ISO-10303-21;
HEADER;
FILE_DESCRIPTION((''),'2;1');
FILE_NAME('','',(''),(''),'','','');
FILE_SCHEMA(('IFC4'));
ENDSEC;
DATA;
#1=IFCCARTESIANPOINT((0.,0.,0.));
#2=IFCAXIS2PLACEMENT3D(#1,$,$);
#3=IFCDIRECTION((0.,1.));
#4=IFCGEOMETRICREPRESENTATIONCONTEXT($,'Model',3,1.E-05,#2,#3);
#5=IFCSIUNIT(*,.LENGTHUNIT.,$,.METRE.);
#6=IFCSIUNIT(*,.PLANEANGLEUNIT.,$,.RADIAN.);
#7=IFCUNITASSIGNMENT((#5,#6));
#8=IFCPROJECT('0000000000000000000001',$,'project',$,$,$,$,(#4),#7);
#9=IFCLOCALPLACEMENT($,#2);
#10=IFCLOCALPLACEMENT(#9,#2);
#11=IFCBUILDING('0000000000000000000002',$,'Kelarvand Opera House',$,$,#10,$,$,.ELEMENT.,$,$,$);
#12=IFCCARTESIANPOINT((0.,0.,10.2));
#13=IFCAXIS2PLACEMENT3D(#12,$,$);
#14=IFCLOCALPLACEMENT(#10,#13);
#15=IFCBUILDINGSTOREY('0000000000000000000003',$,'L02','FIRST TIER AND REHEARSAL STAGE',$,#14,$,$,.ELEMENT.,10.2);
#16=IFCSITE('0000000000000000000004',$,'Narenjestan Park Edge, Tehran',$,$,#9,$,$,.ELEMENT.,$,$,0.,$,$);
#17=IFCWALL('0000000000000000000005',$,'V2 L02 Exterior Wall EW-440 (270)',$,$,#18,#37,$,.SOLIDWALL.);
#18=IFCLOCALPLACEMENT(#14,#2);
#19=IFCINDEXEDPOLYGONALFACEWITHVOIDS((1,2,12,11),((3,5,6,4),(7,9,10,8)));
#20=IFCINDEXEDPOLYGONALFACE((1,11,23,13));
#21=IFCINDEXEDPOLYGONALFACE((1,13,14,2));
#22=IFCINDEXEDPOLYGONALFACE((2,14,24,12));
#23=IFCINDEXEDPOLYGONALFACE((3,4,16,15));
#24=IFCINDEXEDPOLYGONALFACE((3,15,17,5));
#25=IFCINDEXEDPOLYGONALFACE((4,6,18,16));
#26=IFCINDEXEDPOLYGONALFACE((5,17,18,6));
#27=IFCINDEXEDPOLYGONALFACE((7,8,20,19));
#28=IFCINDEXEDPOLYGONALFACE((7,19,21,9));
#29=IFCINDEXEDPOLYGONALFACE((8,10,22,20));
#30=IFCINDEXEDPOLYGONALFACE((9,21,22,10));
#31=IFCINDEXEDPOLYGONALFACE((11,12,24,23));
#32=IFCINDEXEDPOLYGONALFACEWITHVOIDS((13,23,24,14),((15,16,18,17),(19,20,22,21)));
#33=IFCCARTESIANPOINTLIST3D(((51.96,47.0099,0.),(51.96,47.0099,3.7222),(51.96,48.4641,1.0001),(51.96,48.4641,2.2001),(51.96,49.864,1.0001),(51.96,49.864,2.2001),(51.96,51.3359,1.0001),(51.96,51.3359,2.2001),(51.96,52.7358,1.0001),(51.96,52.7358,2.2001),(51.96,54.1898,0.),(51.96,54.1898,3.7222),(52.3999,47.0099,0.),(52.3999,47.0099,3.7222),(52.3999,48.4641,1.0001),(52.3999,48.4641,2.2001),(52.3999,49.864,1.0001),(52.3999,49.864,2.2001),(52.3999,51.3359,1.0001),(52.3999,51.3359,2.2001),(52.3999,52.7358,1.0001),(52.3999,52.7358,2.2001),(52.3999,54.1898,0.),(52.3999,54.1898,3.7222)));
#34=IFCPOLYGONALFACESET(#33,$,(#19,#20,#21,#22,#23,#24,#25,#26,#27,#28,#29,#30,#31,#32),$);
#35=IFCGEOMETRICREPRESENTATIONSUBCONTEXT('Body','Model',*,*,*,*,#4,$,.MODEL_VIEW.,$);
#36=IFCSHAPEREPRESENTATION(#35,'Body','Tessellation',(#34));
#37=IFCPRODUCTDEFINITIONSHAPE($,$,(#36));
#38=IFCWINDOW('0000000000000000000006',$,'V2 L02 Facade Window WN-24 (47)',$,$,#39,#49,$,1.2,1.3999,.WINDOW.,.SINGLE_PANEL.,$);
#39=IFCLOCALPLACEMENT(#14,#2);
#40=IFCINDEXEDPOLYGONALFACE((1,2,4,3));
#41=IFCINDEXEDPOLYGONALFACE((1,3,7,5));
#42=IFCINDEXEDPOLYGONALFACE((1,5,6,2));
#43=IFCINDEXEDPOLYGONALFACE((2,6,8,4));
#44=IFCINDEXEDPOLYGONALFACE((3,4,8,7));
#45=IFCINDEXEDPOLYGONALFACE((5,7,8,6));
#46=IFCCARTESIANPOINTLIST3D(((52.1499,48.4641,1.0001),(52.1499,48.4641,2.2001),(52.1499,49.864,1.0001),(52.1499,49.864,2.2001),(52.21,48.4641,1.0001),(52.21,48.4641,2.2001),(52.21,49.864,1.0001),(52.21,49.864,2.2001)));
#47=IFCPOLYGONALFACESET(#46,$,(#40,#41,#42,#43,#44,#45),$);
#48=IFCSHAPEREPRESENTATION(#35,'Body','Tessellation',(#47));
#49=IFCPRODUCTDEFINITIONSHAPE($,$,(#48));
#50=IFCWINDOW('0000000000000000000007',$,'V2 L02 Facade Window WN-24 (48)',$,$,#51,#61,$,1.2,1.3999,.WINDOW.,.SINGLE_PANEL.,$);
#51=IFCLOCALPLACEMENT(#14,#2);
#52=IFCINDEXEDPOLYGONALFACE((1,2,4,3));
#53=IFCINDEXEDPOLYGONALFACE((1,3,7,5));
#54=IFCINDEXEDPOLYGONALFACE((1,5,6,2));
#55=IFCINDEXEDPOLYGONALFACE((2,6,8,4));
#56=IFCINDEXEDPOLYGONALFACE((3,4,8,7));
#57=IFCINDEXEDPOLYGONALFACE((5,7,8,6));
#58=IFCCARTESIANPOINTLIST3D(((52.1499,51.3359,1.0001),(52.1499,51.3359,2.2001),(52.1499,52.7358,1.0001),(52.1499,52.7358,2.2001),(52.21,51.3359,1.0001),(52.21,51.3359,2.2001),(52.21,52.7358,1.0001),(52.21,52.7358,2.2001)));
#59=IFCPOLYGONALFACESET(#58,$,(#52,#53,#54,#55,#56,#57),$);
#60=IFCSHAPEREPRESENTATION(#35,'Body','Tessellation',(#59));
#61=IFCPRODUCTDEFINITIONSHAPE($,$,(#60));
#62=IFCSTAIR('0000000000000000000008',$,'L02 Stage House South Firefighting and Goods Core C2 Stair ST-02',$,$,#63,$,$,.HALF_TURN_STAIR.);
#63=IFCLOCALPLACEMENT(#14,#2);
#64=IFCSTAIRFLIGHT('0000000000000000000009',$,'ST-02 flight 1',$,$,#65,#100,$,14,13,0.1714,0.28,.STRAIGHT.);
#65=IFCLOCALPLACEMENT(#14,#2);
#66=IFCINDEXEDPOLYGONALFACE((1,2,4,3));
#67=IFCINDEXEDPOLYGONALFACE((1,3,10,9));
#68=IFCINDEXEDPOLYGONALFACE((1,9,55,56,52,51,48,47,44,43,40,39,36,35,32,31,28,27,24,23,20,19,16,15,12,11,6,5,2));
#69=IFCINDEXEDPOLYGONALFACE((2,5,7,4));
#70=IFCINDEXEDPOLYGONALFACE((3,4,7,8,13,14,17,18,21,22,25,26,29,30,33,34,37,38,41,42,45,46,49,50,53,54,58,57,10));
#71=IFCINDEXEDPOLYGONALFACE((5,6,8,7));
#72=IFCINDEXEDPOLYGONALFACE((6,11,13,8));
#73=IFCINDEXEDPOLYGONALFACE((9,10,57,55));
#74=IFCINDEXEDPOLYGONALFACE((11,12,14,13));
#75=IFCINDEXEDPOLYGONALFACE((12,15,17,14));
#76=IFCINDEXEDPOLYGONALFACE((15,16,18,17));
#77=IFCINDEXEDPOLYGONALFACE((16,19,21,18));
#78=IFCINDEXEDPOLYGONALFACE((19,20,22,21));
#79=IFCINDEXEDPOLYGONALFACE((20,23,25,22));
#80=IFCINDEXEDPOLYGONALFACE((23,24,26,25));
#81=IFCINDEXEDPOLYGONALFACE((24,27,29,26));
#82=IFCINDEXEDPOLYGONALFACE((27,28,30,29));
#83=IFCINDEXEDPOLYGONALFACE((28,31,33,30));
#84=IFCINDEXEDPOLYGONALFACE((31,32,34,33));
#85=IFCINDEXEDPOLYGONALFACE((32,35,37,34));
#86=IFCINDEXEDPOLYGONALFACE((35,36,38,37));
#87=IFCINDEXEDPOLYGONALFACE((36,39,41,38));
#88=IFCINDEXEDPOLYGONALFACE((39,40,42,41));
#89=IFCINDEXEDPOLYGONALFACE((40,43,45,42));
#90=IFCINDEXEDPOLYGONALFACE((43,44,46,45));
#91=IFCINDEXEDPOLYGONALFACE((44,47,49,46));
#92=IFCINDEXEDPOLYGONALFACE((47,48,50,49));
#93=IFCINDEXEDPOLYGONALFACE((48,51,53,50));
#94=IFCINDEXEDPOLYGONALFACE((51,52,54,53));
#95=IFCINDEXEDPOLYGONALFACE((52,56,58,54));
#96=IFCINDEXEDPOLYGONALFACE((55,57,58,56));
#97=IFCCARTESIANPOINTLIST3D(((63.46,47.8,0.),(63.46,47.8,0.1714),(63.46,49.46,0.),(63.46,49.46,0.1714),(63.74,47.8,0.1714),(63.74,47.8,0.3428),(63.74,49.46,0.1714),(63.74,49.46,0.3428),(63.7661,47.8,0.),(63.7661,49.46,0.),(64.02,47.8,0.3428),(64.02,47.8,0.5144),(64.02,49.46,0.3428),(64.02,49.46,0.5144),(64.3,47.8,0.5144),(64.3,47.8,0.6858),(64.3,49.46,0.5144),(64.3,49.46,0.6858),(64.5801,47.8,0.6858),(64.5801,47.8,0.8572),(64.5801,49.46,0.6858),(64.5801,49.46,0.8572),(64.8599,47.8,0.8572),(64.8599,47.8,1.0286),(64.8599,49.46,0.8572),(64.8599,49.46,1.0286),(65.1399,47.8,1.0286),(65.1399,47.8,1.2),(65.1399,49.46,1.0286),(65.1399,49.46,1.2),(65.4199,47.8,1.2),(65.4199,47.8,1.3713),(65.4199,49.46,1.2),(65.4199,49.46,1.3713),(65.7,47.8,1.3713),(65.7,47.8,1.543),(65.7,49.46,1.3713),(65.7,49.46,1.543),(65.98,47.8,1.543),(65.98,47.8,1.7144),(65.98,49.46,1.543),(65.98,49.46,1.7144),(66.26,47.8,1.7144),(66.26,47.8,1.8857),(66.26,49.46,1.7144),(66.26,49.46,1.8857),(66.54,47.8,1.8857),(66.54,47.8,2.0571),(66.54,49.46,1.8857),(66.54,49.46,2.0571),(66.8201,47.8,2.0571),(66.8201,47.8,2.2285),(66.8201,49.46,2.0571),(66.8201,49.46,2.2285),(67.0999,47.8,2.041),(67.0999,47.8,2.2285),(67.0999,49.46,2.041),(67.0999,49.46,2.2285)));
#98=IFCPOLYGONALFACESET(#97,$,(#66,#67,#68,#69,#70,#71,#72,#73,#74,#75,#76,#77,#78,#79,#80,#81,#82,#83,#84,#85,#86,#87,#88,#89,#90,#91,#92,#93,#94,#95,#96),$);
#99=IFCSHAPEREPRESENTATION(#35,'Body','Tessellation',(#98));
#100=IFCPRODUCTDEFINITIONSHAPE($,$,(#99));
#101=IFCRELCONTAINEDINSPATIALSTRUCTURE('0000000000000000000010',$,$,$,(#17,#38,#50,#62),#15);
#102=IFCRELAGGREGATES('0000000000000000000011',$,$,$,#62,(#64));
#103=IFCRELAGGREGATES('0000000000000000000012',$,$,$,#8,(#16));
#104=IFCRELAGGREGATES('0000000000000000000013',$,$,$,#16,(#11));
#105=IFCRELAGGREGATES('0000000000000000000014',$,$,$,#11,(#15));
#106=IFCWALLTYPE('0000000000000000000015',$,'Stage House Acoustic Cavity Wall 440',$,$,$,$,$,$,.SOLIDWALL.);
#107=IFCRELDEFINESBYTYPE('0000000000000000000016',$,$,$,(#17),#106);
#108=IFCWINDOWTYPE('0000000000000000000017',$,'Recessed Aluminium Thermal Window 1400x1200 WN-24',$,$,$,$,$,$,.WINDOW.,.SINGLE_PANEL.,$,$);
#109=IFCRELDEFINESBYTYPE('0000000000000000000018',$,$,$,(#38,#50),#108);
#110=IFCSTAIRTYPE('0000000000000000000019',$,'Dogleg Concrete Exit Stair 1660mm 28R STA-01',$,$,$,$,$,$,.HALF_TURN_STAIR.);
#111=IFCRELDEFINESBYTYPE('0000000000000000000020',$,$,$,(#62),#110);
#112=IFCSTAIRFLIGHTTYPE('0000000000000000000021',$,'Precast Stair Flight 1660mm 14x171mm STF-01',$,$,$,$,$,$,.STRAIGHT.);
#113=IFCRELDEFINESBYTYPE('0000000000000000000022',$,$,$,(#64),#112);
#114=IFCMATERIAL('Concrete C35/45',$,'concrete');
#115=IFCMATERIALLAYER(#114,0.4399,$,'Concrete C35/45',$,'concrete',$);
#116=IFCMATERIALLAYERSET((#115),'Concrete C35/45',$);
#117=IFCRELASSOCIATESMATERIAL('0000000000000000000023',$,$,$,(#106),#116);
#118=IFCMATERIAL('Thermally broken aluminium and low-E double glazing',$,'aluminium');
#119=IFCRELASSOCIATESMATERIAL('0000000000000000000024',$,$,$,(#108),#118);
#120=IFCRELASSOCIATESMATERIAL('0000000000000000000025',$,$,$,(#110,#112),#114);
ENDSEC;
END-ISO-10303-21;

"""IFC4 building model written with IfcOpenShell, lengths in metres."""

from ifc_helpers import new_model, si_unit, direction, frame, frame_2d, origin, place, context, subcontext, project, spatial, polyline, rectangle, outline, extrude, material, layer, layer_set, type_object, element, fill, aggregate, save


model = new_model("IFC4")

# Units and contexts
model_context = context("Model", 3, precision=1e-05, world=origin(), true_north=direction((0.0, 1.0)))
body_context = subcontext(model_context, "Body", "Model", "MODEL_VIEW")
ifc_project = project(units=[si_unit("LENGTHUNIT", "METRE"), si_unit("PLANEANGLEUNIT", "RADIAN")], contexts=[model_context])

# Site, building, storey
site_placement = place(None, origin())
site = spatial("IfcSite", under=ifc_project, at=site_placement, Name="Narenjestan Park Edge, Tehran", CompositionType="ELEMENT", RefElevation=0.0)
building_placement = place(site_placement, origin())
building = spatial("IfcBuilding", under=site, at=building_placement, Name="Kelarvand Opera House", CompositionType="ELEMENT")
storey_placement = place(building_placement, frame((0.0, 0.0, 10.2)))
storey = spatial("IfcBuildingStorey", under=building, at=storey_placement, Name="L02", Description="FIRST TIER AND REHEARSAL STAGE", CompositionType="ELEMENT", Elevation=10.2)

# Shared definitions
ifc_material_1 = material(Name="Concrete C35/45", Category="concrete")

# Wall, openings, windows
ifc_layer_1 = layer(ifc_material_1, 0.4399, Name="Concrete C35/45", Category="concrete")
ifc_layer_set_1 = layer_set([ifc_layer_1], Name="Concrete C35/45")
wall_type_1 = type_object("IfcWallType", Name="Stage House Acoustic Cavity Wall 440", PredefinedType="SOLIDWALL", material=ifc_layer_set_1)
ifc_material_2 = material(Name="Thermally broken aluminium and low-E double glazing", Category="aluminium")
window_type = type_object("IfcWindowType", Name="Recessed Aluminium Thermal Window 1400x1200 WN-24", PartitioningType="SINGLE_PANEL", PredefinedType="WINDOW", material=ifc_material_2)
wall_1_placement = place(storey_placement, frame((52.1799, 47.01, 0.0), z_axis=(0.0, 0.0, 1.0), x_axis=(0.0, 1.0, 0.0)))
wall_1 = element("IfcWall", 1, at=wall_1_placement, inside=storey, type_object=wall_type_1, Name="V2 L02 Exterior Wall EW-440 (270)", PredefinedType="SOLIDWALL", context=body_context, shape_type="SweptSolid", body=[
    extrude(rectangle(XDim=7.1799, YDim=0.4399, at=frame_2d((3.5898, 0.0))), origin(), (0.0, 0.0, 1.0), 3.7222),
])
opening_1_placement = place(wall_1_placement, frame((1.4541, 0.0, 1.0)))
opening_1 = element("IfcOpeningElement", 2, at=opening_1_placement, cuts=wall_1, PredefinedType="OPENING", context=body_context, shape_type="SweptSolid", body=[
    extrude(rectangle(XDim=1.3999, YDim=1.2, at=frame_2d((0.7, 0.6001))), frame((0.0, 0.23, 0.0), z_axis=(0.0, -1.0, 0.0), x_axis=(1.0, 0.0, 0.0)), (0.0, 0.0, 1.0), 0.46),
])
opening_2_placement = place(wall_1_placement, frame((4.3259, 0.0, 1.0)))
opening_2 = element("IfcOpeningElement", 3, at=opening_2_placement, cuts=wall_1, PredefinedType="OPENING", context=body_context, shape_type="SweptSolid", body=[
    extrude(rectangle(XDim=1.3999, YDim=1.2, at=frame_2d((0.7, 0.6001))), frame((0.0, 0.23, 0.0), z_axis=(0.0, -1.0, 0.0), x_axis=(1.0, 0.0, 0.0)), (0.0, 0.0, 1.0), 0.46),
])
window_1_placement = place(opening_1_placement, origin())
window_1 = element("IfcWindow", 4, at=window_1_placement, inside=storey, type_object=window_type, Name="V2 L02 Facade Window WN-24 (47)", OverallHeight=1.2, OverallWidth=1.3999, PartitioningType="SINGLE_PANEL", PredefinedType="WINDOW", context=body_context, shape_type="SweptSolid", body=[
    extrude(rectangle(XDim=1.3999, YDim=1.2, at=frame_2d((0.7, 0.6001))), frame((0.0, 0.03, 0.0), z_axis=(0.0, -1.0, 0.0), x_axis=(1.0, 0.0, 0.0)), (0.0, 0.0, 1.0), 0.0601),
])
fill(opening_1, window_1)
window_2_placement = place(opening_2_placement, origin())
window_2 = element("IfcWindow", 5, at=window_2_placement, inside=storey, type_object=window_type, Name="V2 L02 Facade Window WN-24 (48)", OverallHeight=1.2, OverallWidth=1.3999, PartitioningType="SINGLE_PANEL", PredefinedType="WINDOW", context=body_context, shape_type="SweptSolid", body=[
    extrude(rectangle(XDim=1.3999, YDim=1.2, at=frame_2d((0.7, 0.6001))), frame((0.0, 0.03, 0.0), z_axis=(0.0, -1.0, 0.0), x_axis=(1.0, 0.0, 0.0)), (0.0, 0.0, 1.0), 0.0601),
])
fill(opening_2, window_2)

# Stair, stair flight
stair_type = type_object("IfcStairType", Name="Dogleg Concrete Exit Stair 1660mm 28R STA-01", PredefinedType="HALF_TURN_STAIR", material=ifc_material_1)
stair_placement = place(storey_placement, origin())
stair = element("IfcStair", 6, at=stair_placement, inside=storey, type_object=stair_type, Name="L02 Stage House South Firefighting and Goods Core C2 Stair ST-02", PredefinedType="HALF_TURN_STAIR")
stair_flight_type = type_object("IfcStairFlightType", Name="Precast Stair Flight 1660mm 14x171mm STF-01", PredefinedType="STRAIGHT", material=ifc_material_1)
stair_flight_placement = place(storey_placement, frame((63.46, 48.6299, 0.0), z_axis=(0.0, 0.0, 1.0), x_axis=(1.0, 0.0, 0.0)))
stair_flight = element("IfcStairFlight", 7, at=stair_flight_placement, type_object=stair_flight_type, Name="ST-02 flight 1", NumberOfRisers=14, NumberOfTreads=13, PredefinedType="STRAIGHT", RiserHeight=0.1714, TreadLength=0.28, context=body_context, shape_type="SweptSolid", body=[
    extrude(outline(polyline([(0.0, 0.0), (0.0, 0.1714), (0.28, 0.1714), (0.28, 0.3428), (0.5601, 0.3428), (0.5601, 0.5144), (0.8401, 0.5144), (0.8401, 0.6858), (1.1201, 0.6858), (1.1201, 0.8572), (1.3999, 0.8572), (1.3999, 1.0286), (1.6799, 1.0286), (1.6799, 1.2), (1.96, 1.2), (1.96, 1.3713), (2.24, 1.3713), (2.24, 1.543), (2.52, 1.543), (2.52, 1.7144), (2.8, 1.7144), (2.8, 1.8857), (3.0801, 1.8857), (3.0801, 2.0571), (3.3601, 2.0571), (3.3601, 2.2285), (3.6399, 2.2285), (3.6399, 2.3999), (3.6399, 2.041), (0.3062, 0.0), (0.0, 0.0)])), frame((0.0, 0.8301, 0.0), z_axis=(0.0, -1.0, 0.0), x_axis=(1.0, 0.0, 0.0)), (0.0, 0.0, 1.0), 1.6599),
])
aggregate(stair, [stair_flight])

save(model, "model.ifc")
